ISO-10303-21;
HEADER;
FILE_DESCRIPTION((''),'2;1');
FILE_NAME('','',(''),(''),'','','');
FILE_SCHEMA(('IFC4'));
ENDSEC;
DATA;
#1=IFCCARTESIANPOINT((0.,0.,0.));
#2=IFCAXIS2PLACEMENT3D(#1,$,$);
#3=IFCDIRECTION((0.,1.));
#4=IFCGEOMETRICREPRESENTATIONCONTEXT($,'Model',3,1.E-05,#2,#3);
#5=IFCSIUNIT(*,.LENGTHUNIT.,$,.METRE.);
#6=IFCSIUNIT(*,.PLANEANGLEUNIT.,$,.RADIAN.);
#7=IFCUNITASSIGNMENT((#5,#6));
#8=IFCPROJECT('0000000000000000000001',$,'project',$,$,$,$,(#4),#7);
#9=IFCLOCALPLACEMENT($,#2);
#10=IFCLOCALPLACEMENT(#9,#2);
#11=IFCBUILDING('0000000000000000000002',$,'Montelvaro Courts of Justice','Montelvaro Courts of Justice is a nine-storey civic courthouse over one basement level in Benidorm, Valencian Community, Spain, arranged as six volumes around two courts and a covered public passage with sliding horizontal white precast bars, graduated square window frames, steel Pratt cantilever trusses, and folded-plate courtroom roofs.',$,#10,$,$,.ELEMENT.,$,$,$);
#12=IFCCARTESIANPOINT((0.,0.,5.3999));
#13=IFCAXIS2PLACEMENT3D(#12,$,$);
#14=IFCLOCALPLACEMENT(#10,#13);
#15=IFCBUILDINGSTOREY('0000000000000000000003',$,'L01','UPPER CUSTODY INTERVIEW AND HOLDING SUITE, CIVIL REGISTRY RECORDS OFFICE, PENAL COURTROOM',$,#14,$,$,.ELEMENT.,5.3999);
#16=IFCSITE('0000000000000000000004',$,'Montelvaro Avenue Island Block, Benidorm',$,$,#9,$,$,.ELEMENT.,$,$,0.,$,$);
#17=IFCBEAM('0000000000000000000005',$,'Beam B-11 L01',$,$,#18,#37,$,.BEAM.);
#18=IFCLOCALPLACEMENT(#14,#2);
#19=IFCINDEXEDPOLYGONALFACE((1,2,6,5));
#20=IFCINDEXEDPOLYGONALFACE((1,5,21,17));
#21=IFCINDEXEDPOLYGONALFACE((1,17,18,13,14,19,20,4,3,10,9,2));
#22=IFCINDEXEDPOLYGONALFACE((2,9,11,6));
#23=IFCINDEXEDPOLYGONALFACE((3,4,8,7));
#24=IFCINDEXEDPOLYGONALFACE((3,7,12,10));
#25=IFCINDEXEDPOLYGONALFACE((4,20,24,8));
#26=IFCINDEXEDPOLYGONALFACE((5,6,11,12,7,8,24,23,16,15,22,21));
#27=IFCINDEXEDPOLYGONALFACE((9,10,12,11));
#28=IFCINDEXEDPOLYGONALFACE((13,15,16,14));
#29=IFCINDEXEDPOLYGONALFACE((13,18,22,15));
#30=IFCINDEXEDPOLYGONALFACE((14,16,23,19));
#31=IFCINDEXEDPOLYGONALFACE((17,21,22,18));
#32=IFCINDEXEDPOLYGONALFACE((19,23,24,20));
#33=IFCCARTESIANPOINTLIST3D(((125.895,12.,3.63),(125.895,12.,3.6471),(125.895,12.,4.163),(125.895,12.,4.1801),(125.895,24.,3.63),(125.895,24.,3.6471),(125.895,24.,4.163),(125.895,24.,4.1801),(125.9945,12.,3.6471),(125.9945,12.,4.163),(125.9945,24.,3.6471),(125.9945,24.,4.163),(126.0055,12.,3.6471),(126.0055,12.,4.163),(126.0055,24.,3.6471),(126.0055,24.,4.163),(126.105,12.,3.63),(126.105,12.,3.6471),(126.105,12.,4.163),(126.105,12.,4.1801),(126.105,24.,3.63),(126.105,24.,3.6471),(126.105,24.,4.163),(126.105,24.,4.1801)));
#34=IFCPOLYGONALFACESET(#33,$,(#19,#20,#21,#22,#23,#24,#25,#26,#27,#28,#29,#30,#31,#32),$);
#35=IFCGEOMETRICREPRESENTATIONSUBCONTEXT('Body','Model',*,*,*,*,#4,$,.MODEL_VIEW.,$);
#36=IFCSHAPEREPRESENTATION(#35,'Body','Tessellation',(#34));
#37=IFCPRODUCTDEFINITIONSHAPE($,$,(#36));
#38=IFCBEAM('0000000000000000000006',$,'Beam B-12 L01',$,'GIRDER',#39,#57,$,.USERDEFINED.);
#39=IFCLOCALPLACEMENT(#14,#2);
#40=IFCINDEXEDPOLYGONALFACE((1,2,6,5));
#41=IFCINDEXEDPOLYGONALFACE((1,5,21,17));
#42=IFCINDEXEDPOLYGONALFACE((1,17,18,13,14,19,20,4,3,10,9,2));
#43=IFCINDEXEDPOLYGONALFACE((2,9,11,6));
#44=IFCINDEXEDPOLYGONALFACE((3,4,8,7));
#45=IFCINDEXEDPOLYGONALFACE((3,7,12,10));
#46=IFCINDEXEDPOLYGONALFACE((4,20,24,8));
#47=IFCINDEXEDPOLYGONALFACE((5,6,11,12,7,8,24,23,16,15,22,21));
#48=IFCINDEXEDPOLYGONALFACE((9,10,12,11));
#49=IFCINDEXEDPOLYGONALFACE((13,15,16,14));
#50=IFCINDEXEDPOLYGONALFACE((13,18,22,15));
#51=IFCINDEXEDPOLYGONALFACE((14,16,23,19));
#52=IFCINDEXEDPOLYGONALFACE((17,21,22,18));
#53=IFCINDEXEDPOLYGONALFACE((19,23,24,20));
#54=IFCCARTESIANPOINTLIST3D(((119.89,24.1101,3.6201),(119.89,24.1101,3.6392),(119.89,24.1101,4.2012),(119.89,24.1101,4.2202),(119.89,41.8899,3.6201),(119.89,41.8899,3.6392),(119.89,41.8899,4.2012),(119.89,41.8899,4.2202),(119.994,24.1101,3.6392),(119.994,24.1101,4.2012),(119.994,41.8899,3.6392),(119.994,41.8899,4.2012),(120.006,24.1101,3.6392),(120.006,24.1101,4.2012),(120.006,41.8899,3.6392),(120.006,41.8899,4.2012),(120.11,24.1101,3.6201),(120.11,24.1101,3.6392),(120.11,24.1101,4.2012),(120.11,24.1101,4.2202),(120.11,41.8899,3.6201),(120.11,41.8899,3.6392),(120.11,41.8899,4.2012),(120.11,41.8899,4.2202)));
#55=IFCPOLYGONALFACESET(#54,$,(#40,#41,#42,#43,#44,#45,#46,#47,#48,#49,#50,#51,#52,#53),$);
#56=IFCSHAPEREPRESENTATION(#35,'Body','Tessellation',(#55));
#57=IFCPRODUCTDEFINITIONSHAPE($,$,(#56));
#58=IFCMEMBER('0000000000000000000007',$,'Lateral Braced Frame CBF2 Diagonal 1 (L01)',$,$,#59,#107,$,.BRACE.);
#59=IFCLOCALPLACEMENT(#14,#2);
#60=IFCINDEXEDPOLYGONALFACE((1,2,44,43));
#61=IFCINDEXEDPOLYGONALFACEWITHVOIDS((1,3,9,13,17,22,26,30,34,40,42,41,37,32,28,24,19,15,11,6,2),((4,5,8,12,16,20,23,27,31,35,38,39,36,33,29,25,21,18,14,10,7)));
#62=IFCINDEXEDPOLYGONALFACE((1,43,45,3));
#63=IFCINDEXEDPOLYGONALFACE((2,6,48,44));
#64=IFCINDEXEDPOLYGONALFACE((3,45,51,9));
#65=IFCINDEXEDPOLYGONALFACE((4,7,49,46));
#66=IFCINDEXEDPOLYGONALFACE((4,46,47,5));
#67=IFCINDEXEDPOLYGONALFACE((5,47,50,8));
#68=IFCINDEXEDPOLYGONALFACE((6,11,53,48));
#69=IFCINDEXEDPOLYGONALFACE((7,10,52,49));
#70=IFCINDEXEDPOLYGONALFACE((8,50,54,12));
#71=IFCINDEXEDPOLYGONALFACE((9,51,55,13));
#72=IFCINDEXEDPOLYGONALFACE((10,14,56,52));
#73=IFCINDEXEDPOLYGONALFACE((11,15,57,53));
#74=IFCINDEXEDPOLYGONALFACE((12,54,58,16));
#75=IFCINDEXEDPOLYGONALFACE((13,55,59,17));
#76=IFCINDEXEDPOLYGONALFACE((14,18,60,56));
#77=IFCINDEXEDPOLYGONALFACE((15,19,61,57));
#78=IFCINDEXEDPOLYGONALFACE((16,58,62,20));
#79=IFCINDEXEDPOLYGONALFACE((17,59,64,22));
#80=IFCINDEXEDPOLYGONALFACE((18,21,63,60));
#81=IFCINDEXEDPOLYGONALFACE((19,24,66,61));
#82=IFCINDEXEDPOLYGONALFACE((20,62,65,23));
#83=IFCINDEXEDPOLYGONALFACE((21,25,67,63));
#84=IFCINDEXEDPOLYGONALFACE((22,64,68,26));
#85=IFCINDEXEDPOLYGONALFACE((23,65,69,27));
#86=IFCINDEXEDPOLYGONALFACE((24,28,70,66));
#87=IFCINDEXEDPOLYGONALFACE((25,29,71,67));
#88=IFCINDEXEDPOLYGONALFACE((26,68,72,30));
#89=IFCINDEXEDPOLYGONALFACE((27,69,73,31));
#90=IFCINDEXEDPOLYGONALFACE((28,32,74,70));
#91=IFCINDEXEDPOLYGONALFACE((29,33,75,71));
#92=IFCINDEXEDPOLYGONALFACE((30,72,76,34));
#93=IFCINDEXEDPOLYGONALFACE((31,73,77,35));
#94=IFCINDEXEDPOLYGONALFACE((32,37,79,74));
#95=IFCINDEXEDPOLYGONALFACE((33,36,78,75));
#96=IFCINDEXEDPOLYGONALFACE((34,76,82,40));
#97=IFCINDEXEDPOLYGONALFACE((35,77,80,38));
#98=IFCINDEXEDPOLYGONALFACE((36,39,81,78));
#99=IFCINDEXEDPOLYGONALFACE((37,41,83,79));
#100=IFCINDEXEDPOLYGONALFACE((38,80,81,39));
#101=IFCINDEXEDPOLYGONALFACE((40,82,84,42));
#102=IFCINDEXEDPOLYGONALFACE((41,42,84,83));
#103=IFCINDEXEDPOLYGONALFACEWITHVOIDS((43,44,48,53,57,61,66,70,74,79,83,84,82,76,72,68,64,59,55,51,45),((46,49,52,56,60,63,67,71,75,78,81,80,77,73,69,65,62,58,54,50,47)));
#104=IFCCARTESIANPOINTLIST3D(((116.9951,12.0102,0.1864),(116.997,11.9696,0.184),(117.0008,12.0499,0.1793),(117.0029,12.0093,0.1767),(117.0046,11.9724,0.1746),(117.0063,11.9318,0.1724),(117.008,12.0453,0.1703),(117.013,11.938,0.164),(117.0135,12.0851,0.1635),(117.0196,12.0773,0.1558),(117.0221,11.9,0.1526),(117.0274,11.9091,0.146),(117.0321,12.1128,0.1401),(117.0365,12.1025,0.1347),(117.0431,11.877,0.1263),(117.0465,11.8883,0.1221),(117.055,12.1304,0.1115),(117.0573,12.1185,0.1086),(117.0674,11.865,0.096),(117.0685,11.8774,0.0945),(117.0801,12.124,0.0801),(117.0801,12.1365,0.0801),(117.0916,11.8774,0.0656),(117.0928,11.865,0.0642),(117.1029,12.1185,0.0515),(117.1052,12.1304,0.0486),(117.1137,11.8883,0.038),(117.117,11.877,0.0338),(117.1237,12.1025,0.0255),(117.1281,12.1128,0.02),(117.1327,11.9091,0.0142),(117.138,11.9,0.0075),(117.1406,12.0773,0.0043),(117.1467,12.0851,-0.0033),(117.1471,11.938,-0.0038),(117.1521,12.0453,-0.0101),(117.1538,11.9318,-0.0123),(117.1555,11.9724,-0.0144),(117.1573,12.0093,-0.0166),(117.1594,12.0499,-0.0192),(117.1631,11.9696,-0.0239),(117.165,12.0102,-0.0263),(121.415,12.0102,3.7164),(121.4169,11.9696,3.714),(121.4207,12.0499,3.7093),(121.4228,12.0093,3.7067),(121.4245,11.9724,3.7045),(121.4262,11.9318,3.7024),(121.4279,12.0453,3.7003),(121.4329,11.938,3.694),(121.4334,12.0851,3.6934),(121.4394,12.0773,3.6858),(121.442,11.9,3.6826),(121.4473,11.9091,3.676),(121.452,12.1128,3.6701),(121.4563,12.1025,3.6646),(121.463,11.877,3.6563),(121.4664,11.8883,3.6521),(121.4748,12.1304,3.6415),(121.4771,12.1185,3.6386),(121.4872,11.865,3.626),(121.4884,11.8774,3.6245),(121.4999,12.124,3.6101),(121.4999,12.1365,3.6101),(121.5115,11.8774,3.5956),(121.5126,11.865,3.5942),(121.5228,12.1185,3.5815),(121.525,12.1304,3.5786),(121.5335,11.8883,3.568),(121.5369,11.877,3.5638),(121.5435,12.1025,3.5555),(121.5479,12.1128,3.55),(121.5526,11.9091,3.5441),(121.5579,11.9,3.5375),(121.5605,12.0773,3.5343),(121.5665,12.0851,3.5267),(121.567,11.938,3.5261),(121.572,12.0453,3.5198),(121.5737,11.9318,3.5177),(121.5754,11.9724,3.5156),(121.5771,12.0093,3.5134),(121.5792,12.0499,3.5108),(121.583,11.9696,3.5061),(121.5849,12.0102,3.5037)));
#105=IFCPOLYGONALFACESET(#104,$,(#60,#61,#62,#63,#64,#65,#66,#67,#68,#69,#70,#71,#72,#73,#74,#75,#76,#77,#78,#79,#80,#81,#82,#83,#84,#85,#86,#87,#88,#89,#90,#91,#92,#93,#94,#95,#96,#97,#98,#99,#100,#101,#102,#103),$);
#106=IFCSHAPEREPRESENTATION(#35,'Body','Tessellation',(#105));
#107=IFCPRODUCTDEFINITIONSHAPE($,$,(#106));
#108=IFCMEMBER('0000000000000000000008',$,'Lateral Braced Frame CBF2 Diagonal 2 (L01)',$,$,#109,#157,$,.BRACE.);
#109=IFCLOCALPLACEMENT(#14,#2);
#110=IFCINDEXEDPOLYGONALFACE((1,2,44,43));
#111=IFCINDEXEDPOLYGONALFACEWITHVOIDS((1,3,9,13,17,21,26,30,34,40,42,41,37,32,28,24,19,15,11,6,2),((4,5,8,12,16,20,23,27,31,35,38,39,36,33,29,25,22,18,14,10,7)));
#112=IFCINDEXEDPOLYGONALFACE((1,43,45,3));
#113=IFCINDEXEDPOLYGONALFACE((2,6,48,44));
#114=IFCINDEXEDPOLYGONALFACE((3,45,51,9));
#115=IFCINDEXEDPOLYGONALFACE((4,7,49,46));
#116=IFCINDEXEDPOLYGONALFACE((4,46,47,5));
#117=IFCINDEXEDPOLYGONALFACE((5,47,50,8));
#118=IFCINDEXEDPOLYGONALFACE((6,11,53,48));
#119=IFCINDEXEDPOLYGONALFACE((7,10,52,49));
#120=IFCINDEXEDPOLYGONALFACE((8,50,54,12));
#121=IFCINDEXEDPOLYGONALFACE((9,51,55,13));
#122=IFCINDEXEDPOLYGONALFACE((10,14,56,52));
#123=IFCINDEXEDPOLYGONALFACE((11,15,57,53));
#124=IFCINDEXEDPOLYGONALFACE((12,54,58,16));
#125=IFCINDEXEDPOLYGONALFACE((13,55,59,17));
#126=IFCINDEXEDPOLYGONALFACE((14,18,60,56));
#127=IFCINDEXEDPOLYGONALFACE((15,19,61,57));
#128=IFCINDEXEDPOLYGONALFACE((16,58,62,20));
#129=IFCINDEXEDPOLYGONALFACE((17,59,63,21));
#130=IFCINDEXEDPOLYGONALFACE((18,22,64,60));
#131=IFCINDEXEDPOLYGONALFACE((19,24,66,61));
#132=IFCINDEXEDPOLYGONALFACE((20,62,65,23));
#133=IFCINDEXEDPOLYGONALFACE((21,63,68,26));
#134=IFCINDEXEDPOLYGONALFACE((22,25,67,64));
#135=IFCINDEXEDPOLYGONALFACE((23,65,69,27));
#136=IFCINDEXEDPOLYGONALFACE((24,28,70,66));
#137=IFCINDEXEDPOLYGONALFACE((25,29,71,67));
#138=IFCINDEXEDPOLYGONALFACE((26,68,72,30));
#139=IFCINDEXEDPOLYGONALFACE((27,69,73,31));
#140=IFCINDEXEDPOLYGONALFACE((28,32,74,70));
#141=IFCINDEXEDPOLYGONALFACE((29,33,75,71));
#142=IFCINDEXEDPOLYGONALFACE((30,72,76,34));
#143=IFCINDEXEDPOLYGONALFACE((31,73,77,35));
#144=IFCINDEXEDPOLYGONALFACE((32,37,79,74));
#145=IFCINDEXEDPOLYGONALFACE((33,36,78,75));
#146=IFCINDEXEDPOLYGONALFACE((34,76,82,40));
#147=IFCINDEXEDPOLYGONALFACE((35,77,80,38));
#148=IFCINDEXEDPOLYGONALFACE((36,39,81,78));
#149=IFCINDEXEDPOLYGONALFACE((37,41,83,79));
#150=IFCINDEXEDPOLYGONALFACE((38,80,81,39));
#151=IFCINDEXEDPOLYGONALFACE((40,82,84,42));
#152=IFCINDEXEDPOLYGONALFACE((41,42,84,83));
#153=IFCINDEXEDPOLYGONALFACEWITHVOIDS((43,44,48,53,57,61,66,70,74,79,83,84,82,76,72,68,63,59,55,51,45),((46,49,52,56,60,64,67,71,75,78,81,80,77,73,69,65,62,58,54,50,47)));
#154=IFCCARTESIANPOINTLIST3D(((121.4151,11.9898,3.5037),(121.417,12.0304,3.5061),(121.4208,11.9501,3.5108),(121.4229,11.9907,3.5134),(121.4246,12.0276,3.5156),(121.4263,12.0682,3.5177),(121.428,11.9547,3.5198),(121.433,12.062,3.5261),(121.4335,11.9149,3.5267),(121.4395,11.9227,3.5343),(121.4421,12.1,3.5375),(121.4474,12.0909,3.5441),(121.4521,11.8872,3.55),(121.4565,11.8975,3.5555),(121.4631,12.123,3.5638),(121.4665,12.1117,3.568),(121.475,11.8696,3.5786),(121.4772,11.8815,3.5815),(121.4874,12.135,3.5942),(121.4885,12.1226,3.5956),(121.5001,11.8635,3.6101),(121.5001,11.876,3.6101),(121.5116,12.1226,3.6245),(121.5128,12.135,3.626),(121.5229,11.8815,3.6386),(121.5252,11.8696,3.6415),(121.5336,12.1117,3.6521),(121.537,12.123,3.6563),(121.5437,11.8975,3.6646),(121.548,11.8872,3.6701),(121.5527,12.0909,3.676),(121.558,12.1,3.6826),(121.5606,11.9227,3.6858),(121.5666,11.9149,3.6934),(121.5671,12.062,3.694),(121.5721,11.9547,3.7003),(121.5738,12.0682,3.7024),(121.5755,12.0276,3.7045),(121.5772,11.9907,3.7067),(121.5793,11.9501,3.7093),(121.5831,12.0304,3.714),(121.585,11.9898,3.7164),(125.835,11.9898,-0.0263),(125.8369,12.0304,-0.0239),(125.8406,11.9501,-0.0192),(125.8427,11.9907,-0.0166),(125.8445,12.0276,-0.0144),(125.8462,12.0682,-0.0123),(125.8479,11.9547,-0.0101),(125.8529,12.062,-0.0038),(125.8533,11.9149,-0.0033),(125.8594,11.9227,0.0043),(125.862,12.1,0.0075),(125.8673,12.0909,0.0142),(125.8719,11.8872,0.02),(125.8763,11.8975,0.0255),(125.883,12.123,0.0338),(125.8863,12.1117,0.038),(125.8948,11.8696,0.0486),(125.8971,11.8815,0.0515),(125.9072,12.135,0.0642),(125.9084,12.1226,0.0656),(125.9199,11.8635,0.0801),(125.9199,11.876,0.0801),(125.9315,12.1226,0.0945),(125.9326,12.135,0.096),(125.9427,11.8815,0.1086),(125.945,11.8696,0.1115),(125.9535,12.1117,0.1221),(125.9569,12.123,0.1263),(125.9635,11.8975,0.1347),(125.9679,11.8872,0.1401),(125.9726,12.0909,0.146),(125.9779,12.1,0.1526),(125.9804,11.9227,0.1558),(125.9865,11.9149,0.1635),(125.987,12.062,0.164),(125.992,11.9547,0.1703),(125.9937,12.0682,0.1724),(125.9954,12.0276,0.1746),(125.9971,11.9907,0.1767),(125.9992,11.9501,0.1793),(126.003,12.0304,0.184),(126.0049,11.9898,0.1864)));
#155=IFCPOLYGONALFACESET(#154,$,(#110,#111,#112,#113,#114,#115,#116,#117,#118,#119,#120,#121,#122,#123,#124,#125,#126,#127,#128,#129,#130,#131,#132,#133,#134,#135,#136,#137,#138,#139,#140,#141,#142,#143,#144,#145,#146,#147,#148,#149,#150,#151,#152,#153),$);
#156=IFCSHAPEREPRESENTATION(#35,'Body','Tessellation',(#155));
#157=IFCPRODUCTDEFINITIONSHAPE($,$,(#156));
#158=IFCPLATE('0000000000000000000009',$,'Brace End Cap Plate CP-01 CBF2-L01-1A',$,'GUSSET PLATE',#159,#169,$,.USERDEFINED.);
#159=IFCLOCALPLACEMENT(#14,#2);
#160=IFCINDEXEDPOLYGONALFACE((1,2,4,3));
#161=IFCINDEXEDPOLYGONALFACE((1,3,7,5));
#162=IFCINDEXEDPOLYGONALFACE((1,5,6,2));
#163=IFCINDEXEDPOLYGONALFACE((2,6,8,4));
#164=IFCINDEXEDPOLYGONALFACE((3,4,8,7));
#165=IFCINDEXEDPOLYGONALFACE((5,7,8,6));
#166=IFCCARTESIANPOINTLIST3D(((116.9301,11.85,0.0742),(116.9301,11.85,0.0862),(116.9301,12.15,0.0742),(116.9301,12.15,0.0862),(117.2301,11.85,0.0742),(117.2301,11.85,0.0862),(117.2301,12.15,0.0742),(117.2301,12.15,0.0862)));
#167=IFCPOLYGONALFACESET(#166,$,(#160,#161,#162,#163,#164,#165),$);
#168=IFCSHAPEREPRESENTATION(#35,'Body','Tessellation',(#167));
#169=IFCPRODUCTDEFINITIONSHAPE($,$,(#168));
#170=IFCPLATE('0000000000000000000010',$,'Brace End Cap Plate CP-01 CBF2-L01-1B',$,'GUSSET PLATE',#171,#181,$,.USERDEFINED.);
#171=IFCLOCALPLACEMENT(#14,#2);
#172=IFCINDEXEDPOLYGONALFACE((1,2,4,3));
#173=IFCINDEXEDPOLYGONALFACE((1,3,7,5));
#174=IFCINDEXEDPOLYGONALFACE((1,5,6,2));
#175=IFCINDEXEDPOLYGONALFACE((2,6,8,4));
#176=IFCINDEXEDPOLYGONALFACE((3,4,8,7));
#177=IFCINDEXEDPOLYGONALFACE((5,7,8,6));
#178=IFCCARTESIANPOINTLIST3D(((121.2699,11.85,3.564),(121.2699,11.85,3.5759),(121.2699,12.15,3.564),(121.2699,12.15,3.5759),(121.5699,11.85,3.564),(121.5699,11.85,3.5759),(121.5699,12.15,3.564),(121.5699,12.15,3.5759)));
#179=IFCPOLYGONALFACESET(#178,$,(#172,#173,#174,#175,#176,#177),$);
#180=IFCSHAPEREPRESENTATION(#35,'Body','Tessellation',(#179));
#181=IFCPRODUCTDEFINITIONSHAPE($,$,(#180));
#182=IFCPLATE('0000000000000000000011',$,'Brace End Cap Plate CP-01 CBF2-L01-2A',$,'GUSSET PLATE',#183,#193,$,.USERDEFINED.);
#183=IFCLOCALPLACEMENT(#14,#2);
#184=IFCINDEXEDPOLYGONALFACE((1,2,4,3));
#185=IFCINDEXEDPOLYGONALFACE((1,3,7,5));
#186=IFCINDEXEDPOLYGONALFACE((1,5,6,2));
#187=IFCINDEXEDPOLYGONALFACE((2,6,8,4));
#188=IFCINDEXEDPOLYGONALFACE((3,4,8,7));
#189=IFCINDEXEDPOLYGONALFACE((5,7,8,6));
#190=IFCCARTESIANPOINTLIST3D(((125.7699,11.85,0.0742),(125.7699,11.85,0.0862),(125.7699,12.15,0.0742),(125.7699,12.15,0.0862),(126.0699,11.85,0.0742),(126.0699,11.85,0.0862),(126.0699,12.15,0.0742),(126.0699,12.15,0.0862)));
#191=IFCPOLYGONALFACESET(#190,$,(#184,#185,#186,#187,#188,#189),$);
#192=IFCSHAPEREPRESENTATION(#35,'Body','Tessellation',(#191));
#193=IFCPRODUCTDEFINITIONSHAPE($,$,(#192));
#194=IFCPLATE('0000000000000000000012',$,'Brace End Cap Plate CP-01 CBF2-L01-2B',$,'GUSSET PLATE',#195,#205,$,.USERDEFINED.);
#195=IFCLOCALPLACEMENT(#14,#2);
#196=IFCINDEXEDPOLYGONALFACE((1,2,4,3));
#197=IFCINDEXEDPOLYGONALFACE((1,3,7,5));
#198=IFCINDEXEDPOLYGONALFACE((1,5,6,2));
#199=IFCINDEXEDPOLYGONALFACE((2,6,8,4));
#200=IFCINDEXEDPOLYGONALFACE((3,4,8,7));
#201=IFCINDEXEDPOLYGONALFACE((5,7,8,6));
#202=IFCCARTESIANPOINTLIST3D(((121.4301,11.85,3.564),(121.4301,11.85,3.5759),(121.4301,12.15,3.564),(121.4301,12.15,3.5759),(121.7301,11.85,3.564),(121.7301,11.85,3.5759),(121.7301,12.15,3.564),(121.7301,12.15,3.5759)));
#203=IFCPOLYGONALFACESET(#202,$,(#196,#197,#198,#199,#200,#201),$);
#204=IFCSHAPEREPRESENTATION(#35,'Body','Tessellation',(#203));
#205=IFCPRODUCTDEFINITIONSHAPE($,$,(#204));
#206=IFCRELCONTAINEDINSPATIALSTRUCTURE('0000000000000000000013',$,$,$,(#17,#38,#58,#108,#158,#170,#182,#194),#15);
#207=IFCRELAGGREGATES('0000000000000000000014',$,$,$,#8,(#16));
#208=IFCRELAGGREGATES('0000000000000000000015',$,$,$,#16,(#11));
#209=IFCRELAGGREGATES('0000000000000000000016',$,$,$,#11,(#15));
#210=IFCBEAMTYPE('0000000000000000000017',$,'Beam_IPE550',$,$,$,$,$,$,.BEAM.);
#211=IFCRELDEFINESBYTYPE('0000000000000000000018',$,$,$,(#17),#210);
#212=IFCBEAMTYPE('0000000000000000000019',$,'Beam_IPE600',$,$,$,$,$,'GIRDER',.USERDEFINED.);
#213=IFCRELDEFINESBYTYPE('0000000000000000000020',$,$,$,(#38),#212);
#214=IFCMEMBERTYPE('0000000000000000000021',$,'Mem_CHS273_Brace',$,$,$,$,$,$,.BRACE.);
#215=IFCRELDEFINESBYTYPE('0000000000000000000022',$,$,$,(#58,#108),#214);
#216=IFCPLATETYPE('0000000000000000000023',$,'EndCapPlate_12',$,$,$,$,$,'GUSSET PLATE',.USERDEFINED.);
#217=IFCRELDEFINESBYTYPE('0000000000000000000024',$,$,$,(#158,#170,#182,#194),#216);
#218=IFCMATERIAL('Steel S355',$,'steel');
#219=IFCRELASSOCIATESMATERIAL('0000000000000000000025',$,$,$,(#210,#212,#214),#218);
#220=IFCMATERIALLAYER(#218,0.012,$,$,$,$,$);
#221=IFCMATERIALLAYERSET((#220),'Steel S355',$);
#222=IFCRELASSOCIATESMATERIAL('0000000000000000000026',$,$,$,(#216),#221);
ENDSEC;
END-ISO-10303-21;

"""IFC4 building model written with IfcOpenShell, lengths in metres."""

from ifc_helpers import new_model, si_unit, direction, frame, origin, origin_2d, place, context, subcontext, project, spatial, rectangle, hollow_circle, i_section, extrude, material, layer, layer_set, material_profile, profile_set, type_object, element, save


model = new_model("IFC4")

# Units and contexts
model_context = context("Model", 3, precision=1e-05, world=origin(), true_north=direction((0.0, 1.0)))
body_context = subcontext(model_context, "Body", "Model", "MODEL_VIEW")
ifc_project = project(units=[si_unit("LENGTHUNIT", "METRE"), si_unit("PLANEANGLEUNIT", "RADIAN")], contexts=[model_context])

# Site, building, storey
site_placement = place(None, origin())
site = spatial("IfcSite", under=ifc_project, at=site_placement, Name="Montelvaro Avenue Island Block, Benidorm", CompositionType="ELEMENT", RefElevation=0.0)
building_placement = place(site_placement, origin())
building = spatial("IfcBuilding", under=site, at=building_placement, Name="Montelvaro Courts of Justice", Description="Montelvaro Courts of Justice is a nine-storey civic courthouse over one basement level in Benidorm, Valencian Community, Spain, arranged as six volumes around two courts and a covered public passage with sliding horizontal white precast bars, graduated square window frames, steel Pratt cantilever trusses, and folded-plate courtroom roofs.", CompositionType="ELEMENT")
storey_placement = place(building_placement, frame((0.0, 0.0, 5.3999)))
storey = spatial("IfcBuildingStorey", under=building, at=storey_placement, Name="L01", Description="UPPER CUSTODY INTERVIEW AND HOLDING SUITE, CIVIL REGISTRY RECORDS OFFICE, PENAL COURTROOM", CompositionType="ELEMENT", Elevation=5.3999)

# Shared definitions
ifc_material_1 = material(Name="Steel S355", Category="steel")

# Beams
ifc_material_profile_1 = material_profile(ifc_material_1, i_section(OverallWidth=0.21, OverallDepth=0.55, WebThickness=0.011, FlangeThickness=0.0171, at=origin_2d()), Name="IPE 550")
ifc_profile_set_1 = profile_set([ifc_material_profile_1], Name="Steel S355")
beam_type_1 = type_object("IfcBeamType", Name="Beam_IPE550", PredefinedType="BEAM", material=ifc_profile_set_1)
beam_1_placement = place(storey_placement, frame((126.0, 12.0, 3.905), z_axis=(0.0, 1.0, 0.0), x_axis=(-1.0, 0.0, 0.0)))
element("IfcBeam", 1, at=beam_1_placement, inside=storey, type_object=beam_type_1, Name="Beam B-11 L01", PredefinedType="BEAM", context=body_context, shape_type="SweptSolid", body=[
    extrude(i_section(OverallWidth=0.21, OverallDepth=0.55, WebThickness=0.011, FlangeThickness=0.0171, at=origin_2d()), origin(), (0.0, 0.0, 1.0), 12.0),
])
ifc_material_profile_2 = material_profile(ifc_material_1, i_section(OverallWidth=0.22, OverallDepth=0.6001, WebThickness=0.012, FlangeThickness=0.019, at=origin_2d()), Name="IPE 600")
ifc_profile_set_2 = profile_set([ifc_material_profile_2], Name="Steel S355")
beam_type_2 = type_object("IfcBeamType", Name="Beam_IPE600", ElementType="GIRDER", PredefinedType="USERDEFINED", material=ifc_profile_set_2)
beam_2_placement = place(storey_placement, frame((120.0, 24.1101, 3.9202), z_axis=(0.0, 1.0, 0.0), x_axis=(-1.0, 0.0, 0.0)))
element("IfcBeam", 2, at=beam_2_placement, inside=storey, type_object=beam_type_2, Name="Beam B-12 L01", ObjectType="GIRDER", PredefinedType="USERDEFINED", context=body_context, shape_type="SweptSolid", body=[
    extrude(i_section(OverallWidth=0.22, OverallDepth=0.6001, WebThickness=0.012, FlangeThickness=0.019, at=origin_2d()), origin(), (0.0, 0.0, 1.0), 17.7798),
])

# Members
ifc_material_profile_3 = material_profile(ifc_material_1, hollow_circle(Radius=0.1365, WallThickness=0.0125, at=origin_2d()), Name="CHS 273x12.5")
ifc_profile_set_3 = profile_set([ifc_material_profile_3], Name="Steel S355")
member_type = type_object("IfcMemberType", Name="Mem_CHS273_Brace", PredefinedType="BRACE", material=ifc_profile_set_3)
for number, where, z_axis, x_axis, name in (
    (3, (117.0801, 12.0, 0.0801), (0.781378, 0.0, 0.624058), (0.0, 1.0, 0.0), "Lateral Braced Frame CBF2 Diagonal 1 (L01)"),
    (4, (125.9199, 12.0, 0.0801), (-0.781378, 0.0, 0.624058), (0.0, -1.0, 0.0), "Lateral Braced Frame CBF2 Diagonal 2 (L01)"),
):
    element("IfcMember", number, at=place(storey_placement, frame(where, z_axis=z_axis, x_axis=x_axis)), inside=storey, type_object=member_type, Name=name, PredefinedType="BRACE", context=body_context, shape_type="SweptSolid", body=[
        extrude(hollow_circle(Radius=0.1365, WallThickness=0.0125, at=origin_2d()), origin(), (0.0, 0.0, 1.0), 5.6565),
    ])

# Plates
ifc_layer_1 = layer(ifc_material_1, 0.012)
ifc_layer_set_1 = layer_set([ifc_layer_1], Name="Steel S355")
plate_type_1 = type_object("IfcPlateType", Name="EndCapPlate_12", ElementType="GUSSET PLATE", PredefinedType="USERDEFINED", material=ifc_layer_set_1)
for number, where, z_axis, x_axis, name in (
    (5, (117.0801, 12.0, 0.0742), (0.0, 0.0, 1.0), (1.0, 0.0, 0.0), "Brace End Cap Plate CP-01 CBF2-L01-1A"),
    (6, (121.4199, 12.0, 3.564), (0.0, 0.0, 1.0), (1.0, 0.0, 0.0), "Brace End Cap Plate CP-01 CBF2-L01-1B"),
    (7, (125.9199, 12.0, 0.0742), (0.0, 0.0, 1.0), (1.0, 0.0, 0.0), "Brace End Cap Plate CP-01 CBF2-L01-2A"),
    (8, (121.5801, 12.0, 3.564), (0.0, 0.0, 1.0), (1.0, 0.0, 0.0), "Brace End Cap Plate CP-01 CBF2-L01-2B"),
):
    element("IfcPlate", number, at=place(storey_placement, frame(where, z_axis=z_axis, x_axis=x_axis)), inside=storey, type_object=plate_type_1, Name=name, ObjectType="GUSSET PLATE", PredefinedType="USERDEFINED", context=body_context, shape_type="SweptSolid", body=[
        extrude(rectangle(XDim=0.3, YDim=0.3, at=origin_2d()), origin(), (0.0, 0.0, 1.0), 0.012),
    ])

save(model, "model.ifc")
